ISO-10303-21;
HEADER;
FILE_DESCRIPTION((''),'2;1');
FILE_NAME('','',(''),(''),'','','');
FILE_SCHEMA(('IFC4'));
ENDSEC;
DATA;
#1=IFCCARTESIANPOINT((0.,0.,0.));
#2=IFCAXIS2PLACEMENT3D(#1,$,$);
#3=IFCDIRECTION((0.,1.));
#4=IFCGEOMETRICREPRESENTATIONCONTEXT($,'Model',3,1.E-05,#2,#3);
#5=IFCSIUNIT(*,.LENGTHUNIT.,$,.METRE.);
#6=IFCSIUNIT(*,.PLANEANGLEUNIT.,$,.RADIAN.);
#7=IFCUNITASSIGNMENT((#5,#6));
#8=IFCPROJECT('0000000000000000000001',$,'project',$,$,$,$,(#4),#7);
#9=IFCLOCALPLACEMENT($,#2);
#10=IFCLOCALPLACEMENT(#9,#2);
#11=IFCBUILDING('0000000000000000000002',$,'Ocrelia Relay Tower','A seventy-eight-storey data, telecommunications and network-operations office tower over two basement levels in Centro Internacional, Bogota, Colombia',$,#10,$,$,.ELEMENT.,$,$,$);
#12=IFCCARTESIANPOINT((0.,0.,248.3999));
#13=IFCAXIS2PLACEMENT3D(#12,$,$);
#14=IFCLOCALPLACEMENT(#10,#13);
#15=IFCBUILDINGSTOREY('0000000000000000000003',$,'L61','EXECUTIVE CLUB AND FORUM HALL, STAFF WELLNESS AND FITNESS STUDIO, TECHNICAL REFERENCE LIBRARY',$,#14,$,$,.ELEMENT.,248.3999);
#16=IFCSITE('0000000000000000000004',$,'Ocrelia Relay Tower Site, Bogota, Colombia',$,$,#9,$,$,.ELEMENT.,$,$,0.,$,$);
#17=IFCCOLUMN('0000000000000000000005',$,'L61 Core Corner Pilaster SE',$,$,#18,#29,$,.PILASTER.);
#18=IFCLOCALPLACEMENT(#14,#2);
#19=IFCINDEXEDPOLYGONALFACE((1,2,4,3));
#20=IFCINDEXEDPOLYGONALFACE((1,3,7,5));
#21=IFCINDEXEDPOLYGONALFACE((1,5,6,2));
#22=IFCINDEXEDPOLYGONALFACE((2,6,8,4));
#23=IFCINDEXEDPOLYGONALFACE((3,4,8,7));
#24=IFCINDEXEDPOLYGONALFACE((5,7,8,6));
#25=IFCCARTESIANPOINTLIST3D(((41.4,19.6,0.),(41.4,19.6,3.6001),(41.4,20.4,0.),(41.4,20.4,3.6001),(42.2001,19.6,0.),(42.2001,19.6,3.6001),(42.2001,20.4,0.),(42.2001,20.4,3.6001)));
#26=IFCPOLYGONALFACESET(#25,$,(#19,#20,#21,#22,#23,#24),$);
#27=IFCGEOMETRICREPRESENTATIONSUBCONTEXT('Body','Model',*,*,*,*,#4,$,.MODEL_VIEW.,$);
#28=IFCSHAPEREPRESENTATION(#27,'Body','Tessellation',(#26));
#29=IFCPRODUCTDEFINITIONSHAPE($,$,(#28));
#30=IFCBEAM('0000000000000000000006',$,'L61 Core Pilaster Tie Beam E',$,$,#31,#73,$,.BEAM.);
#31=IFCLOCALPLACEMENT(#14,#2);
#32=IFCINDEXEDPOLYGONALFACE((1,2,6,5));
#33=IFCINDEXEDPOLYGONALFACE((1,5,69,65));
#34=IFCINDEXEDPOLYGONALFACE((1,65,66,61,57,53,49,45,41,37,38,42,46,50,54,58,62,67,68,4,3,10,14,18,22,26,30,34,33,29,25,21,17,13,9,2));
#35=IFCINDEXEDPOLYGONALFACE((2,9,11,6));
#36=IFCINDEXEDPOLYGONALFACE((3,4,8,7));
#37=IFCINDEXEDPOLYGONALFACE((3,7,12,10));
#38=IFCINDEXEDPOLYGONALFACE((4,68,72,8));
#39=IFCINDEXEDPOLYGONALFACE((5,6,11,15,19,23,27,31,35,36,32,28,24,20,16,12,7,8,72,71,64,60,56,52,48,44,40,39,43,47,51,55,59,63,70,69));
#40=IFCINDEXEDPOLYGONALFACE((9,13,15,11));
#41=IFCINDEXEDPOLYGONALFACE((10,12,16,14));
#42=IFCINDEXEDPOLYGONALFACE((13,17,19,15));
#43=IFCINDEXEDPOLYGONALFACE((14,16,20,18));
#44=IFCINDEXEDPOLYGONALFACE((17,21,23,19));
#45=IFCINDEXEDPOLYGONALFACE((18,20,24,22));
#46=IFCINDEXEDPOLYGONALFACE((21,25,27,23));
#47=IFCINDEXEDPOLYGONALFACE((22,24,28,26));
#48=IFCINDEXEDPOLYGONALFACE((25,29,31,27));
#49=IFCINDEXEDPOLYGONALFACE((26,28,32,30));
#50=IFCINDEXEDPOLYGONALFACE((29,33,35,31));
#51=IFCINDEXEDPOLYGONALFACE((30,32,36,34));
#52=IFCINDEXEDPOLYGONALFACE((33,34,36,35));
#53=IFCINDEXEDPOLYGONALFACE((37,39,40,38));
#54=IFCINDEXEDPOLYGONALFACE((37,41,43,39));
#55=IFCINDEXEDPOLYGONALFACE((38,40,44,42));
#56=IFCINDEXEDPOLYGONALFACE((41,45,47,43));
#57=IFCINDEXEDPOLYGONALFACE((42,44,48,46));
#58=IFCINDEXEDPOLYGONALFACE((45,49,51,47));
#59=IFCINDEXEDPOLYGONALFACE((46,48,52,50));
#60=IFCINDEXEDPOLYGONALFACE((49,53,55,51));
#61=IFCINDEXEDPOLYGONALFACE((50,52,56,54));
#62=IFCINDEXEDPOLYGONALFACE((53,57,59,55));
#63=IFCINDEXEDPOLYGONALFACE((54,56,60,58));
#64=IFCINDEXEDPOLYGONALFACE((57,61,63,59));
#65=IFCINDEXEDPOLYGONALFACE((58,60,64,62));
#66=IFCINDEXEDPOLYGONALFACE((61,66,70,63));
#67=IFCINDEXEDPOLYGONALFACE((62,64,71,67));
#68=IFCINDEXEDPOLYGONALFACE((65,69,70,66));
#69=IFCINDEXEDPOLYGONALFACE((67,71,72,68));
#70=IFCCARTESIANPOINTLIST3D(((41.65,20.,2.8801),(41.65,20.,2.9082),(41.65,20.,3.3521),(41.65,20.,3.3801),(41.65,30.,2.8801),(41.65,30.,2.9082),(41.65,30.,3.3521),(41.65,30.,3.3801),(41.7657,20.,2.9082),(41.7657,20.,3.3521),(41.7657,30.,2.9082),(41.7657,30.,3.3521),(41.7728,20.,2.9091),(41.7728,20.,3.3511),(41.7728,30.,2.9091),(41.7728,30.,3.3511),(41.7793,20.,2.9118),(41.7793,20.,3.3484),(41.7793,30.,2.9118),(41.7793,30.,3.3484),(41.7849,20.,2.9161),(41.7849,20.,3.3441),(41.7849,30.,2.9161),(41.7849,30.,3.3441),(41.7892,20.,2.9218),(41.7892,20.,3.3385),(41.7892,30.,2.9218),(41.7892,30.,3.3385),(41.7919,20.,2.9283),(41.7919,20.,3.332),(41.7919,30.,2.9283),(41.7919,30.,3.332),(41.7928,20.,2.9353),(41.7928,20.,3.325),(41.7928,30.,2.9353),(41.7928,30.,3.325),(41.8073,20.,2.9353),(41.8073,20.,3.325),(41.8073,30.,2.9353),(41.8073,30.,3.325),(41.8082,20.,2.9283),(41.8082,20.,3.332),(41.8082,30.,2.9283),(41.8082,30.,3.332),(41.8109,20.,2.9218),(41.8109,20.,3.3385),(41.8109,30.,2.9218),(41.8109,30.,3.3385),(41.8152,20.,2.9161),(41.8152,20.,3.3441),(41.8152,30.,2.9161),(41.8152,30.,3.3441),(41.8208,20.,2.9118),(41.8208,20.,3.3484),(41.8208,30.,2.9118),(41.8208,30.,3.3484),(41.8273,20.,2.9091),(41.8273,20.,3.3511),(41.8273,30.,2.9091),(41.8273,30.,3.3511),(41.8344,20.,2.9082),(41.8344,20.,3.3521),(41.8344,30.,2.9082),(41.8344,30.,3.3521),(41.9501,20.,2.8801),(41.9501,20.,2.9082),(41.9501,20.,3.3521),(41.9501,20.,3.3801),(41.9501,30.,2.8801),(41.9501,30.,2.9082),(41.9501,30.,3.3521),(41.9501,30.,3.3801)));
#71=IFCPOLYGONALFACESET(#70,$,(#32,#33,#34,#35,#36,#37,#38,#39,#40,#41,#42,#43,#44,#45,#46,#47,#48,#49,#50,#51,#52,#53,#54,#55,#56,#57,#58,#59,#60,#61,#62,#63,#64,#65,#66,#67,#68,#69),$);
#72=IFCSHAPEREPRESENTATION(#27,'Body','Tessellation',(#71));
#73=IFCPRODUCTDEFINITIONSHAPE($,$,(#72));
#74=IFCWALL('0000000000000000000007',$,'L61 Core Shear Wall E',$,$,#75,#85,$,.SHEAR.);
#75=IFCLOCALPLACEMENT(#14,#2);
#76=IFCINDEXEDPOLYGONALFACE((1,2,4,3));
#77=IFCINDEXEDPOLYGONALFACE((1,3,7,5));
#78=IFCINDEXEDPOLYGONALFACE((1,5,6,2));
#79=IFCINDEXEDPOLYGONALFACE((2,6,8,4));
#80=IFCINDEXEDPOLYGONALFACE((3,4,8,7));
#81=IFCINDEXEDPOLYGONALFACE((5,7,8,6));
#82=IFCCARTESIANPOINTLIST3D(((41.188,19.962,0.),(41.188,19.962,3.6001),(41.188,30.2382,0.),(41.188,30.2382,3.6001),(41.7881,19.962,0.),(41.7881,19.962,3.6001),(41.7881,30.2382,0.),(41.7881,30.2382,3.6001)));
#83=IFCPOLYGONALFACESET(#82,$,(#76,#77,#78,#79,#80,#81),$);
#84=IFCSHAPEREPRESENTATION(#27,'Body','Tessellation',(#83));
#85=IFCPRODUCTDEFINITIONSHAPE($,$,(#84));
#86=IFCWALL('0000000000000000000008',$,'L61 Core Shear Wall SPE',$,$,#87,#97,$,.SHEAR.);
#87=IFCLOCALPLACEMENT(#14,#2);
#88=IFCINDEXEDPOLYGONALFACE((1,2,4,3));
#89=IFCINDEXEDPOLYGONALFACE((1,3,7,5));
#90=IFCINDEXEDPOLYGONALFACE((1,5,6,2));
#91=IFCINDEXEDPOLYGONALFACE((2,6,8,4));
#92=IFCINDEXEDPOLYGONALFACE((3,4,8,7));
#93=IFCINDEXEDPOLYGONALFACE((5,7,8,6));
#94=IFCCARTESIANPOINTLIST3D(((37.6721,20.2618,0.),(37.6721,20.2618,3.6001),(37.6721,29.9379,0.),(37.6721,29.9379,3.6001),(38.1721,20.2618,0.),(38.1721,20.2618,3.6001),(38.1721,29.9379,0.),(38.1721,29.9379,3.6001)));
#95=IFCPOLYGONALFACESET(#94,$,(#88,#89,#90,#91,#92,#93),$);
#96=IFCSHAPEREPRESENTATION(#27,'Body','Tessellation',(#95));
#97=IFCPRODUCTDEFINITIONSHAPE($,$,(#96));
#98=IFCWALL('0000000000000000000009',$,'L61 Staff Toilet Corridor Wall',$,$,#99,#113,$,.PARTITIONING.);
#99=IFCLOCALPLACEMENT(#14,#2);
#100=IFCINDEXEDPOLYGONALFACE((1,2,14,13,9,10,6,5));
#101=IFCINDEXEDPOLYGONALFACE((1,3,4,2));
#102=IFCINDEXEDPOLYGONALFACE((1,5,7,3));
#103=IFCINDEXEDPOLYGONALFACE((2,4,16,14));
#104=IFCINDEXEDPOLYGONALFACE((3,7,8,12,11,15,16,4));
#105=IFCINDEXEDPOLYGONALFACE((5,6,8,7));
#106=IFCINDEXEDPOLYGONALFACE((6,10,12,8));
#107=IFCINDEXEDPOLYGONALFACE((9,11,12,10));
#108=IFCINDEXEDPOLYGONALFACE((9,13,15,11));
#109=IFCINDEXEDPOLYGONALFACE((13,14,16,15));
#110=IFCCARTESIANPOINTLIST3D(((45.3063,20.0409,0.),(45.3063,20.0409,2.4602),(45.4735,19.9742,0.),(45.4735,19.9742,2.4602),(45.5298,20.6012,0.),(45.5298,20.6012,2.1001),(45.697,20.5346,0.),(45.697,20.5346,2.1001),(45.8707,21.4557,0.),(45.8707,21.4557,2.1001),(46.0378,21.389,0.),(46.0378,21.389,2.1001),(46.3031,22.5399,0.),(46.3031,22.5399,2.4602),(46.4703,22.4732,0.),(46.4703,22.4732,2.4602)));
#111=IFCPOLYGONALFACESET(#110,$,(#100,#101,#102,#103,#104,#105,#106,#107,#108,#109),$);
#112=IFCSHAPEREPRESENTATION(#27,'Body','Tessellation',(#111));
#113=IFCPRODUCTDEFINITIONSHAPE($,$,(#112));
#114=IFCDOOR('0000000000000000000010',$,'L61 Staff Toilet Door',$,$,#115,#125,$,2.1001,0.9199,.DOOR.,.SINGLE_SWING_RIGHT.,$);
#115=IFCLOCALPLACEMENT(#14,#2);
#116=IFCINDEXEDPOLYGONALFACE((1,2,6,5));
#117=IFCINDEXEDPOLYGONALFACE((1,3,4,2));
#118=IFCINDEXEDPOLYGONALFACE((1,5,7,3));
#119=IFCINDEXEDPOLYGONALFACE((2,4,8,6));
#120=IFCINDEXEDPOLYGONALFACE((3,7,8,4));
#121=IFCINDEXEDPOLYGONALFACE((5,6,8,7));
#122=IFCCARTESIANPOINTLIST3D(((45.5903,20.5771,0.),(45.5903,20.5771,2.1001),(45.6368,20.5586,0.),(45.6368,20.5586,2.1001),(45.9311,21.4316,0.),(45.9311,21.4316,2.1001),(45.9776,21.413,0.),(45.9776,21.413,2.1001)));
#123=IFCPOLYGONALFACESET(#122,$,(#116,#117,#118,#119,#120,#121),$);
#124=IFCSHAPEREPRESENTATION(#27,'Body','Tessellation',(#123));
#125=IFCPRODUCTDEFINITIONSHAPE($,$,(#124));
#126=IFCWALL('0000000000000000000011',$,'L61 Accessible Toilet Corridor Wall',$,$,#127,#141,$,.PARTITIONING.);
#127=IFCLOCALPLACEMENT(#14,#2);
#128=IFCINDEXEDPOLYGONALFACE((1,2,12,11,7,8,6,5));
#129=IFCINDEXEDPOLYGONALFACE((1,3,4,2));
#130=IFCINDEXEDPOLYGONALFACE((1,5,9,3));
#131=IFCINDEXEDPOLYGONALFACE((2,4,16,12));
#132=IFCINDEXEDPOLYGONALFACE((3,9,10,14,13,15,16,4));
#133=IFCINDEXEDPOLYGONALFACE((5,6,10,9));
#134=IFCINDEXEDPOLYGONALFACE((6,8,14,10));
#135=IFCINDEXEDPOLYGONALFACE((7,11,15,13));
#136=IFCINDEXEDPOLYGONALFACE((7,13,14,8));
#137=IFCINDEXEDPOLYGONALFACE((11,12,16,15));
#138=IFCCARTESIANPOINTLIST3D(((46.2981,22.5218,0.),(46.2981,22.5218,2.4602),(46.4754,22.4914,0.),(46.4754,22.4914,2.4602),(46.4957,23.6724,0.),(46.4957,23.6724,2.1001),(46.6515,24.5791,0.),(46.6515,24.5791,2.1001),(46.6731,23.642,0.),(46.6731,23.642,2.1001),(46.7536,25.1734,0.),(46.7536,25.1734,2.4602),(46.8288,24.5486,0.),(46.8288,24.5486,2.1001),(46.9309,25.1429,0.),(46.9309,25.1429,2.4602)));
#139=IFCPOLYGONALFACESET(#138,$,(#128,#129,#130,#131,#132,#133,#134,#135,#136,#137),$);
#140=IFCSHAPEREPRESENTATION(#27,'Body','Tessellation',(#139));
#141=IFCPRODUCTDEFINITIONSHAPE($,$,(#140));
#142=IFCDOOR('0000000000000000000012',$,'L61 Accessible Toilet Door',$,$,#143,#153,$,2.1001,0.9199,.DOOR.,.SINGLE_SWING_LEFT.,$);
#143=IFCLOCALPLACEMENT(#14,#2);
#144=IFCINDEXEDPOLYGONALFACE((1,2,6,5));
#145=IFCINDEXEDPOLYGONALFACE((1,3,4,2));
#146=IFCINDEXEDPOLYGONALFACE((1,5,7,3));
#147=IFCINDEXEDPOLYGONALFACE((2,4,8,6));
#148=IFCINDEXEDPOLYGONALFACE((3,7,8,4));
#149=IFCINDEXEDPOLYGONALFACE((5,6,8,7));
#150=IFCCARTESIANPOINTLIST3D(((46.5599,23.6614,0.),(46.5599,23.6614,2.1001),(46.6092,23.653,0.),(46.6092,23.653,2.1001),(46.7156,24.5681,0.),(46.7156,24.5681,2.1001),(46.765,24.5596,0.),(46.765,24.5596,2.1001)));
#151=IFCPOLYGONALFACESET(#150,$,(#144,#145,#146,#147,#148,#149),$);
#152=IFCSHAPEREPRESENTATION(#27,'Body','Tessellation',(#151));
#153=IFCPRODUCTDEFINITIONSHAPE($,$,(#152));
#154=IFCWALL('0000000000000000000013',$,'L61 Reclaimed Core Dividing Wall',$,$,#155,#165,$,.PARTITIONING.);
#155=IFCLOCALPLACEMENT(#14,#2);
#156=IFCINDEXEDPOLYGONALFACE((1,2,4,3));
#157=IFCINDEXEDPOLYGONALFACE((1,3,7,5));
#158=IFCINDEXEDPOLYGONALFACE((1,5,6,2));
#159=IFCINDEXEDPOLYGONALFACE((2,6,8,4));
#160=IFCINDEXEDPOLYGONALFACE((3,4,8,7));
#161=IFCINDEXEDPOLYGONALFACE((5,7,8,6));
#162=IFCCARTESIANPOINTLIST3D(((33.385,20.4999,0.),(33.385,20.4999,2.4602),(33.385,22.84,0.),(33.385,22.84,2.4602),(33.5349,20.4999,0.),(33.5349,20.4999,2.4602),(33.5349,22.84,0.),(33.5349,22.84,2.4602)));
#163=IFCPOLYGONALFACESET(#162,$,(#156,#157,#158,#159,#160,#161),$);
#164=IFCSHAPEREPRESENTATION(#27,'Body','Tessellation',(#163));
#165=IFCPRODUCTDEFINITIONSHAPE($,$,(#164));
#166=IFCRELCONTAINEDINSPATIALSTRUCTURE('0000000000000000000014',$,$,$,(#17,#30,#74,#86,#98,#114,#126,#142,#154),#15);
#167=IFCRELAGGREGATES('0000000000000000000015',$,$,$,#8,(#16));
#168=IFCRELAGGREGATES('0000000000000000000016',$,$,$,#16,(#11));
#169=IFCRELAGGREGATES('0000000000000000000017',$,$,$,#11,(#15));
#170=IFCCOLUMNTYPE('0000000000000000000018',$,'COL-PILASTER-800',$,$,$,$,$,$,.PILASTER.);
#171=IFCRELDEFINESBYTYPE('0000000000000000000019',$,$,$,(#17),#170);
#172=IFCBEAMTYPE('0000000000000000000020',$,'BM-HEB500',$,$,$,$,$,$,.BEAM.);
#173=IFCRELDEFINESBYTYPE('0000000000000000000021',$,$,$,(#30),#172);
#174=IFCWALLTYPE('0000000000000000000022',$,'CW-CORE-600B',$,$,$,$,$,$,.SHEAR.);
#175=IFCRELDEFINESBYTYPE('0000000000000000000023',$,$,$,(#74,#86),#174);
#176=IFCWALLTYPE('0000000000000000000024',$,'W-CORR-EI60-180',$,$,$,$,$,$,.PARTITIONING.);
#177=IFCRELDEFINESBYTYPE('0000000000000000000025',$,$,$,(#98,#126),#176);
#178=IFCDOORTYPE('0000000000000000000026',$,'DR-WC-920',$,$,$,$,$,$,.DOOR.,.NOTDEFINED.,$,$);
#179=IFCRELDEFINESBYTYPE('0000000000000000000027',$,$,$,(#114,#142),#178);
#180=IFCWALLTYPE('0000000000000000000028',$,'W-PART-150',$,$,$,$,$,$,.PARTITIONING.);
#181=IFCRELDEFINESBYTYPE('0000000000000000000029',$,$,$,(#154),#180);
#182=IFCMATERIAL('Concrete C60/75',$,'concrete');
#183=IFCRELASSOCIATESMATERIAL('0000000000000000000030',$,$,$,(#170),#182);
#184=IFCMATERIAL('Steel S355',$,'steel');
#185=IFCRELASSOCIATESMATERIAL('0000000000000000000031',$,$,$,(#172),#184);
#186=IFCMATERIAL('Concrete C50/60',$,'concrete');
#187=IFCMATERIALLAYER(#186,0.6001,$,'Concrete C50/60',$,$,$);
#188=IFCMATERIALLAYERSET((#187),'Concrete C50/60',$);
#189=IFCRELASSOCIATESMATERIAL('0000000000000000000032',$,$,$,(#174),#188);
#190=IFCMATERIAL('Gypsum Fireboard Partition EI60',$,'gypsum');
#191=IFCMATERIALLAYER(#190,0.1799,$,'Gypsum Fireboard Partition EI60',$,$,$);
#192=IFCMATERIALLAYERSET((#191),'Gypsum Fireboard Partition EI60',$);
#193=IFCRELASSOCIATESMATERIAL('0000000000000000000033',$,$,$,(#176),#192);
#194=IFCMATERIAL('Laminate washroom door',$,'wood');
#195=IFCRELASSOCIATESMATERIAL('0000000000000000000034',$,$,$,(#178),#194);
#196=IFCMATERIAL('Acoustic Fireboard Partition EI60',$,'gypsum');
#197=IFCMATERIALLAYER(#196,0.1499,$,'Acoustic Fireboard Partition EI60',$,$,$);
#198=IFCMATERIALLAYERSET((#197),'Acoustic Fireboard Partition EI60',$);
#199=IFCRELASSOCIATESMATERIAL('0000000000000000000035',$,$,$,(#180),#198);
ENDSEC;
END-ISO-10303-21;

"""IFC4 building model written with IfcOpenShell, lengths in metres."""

from ifc_helpers import new_model, si_unit, direction, frame, frame_2d, origin, origin_2d, place, context, subcontext, project, spatial, rectangle, i_section, extrude, material, layer, layer_set, material_profile, profile_set, type_object, element, fill, save


model = new_model("IFC4")

# Units and contexts
model_context = context("Model", 3, precision=1e-05, world=origin(), true_north=direction((0.0, 1.0)))
body_context = subcontext(model_context, "Body", "Model", "MODEL_VIEW")
ifc_project = project(units=[si_unit("LENGTHUNIT", "METRE"), si_unit("PLANEANGLEUNIT", "RADIAN")], contexts=[model_context])

# Site, building, storey
site_placement = place(None, origin())
site = spatial("IfcSite", under=ifc_project, at=site_placement, Name="Ocrelia Relay Tower Site, Bogota, Colombia", CompositionType="ELEMENT", RefElevation=0.0)
building_placement = place(site_placement, origin())
building = spatial("IfcBuilding", under=site, at=building_placement, Name="Ocrelia Relay Tower", Description="A seventy-eight-storey data, telecommunications and network-operations office tower over two basement levels in Centro Internacional, Bogota, Colombia", CompositionType="ELEMENT")
storey_placement = place(building_placement, frame((0.0, 0.0, 248.3999)))
storey = spatial("IfcBuildingStorey", under=building, at=storey_placement, Name="L61", Description="EXECUTIVE CLUB AND FORUM HALL, STAFF WELLNESS AND FITNESS STUDIO, TECHNICAL REFERENCE LIBRARY", CompositionType="ELEMENT", Elevation=248.3999)

# Column
ifc_material_1 = material(Name="Concrete C60/75", Category="concrete")
ifc_material_profile_1 = material_profile(ifc_material_1, rectangle(XDim=0.8, YDim=0.8, at=origin_2d()), Name="RC-COL-800x800")
ifc_profile_set_1 = profile_set([ifc_material_profile_1], Name="Concrete C60/75")
column_type = type_object("IfcColumnType", Name="COL-PILASTER-800", PredefinedType="PILASTER", material=ifc_profile_set_1)
column_placement = place(storey_placement, frame((41.8, 20.0, 0.0), z_axis=(0.0, 0.0, 1.0), x_axis=(1.0, 0.0, 0.0)))
element("IfcColumn", 1, at=column_placement, inside=storey, type_object=column_type, Name="L61 Core Corner Pilaster SE", PredefinedType="PILASTER", context=body_context, shape_type="SweptSolid", body=[
    extrude(rectangle(XDim=0.8, YDim=0.8, at=origin_2d()), origin(), (0.0, 0.0, 1.0), 3.6001),
])

# Beam
ifc_material_2 = material(Name="Steel S355", Category="steel")
ifc_material_profile_2 = material_profile(ifc_material_2, i_section(OverallWidth=0.3, OverallDepth=0.5, WebThickness=0.0144, FlangeThickness=0.0281, FilletRadius=0.0271, at=origin_2d()), Name="HEB 500")
ifc_profile_set_2 = profile_set([ifc_material_profile_2], Name="Steel S355")
beam_type = type_object("IfcBeamType", Name="BM-HEB500", PredefinedType="BEAM", material=ifc_profile_set_2)
beam_placement = place(storey_placement, frame((41.8, 20.0, 3.1301), z_axis=(0.0, 1.0, 0.0), x_axis=(-1.0, 0.0, 0.0)))
element("IfcBeam", 2, at=beam_placement, inside=storey, type_object=beam_type, Name="L61 Core Pilaster Tie Beam E", PredefinedType="BEAM", context=body_context, shape_type="SweptSolid", body=[
    extrude(i_section(OverallWidth=0.3, OverallDepth=0.5, WebThickness=0.0144, FlangeThickness=0.0281, FilletRadius=0.0271, at=origin_2d()), origin(), (0.0, 0.0, 1.0), 10.0),
])

# Walls
ifc_material_3 = material(Name="Concrete C50/60", Category="concrete")
ifc_layer_1 = layer(ifc_material_3, 0.6001, Name="Concrete C50/60")
ifc_layer_set_1 = layer_set([ifc_layer_1], Name="Concrete C50/60")
wall_type_1 = type_object("IfcWallType", Name="CW-CORE-600B", PredefinedType="SHEAR", material=ifc_layer_set_1)
wall_1_placement = place(storey_placement, frame((41.488, 19.9619, 0.0), z_axis=(0.0, 0.0, 1.0), x_axis=(0.0, 1.0, 0.0)))
element("IfcWall", 3, at=wall_1_placement, inside=storey, type_object=wall_type_1, Name="L61 Core Shear Wall E", PredefinedType="SHEAR", context=body_context, shape_type="SweptSolid", body=[
    extrude(rectangle(XDim=10.2761, YDim=0.6001, at=frame_2d((5.1382, 0.0))), origin(), (0.0, 0.0, 1.0), 3.6001),
])
wall_2_placement = place(storey_placement, frame((37.9221, 20.262, 0.0), z_axis=(0.0, 0.0, 1.0), x_axis=(0.0, 1.0, 0.0)))
element("IfcWall", 4, at=wall_2_placement, inside=storey, type_object=wall_type_1, Name="L61 Core Shear Wall SPE", PredefinedType="SHEAR", context=body_context, shape_type="SweptSolid", body=[
    extrude(rectangle(XDim=9.676, YDim=0.5, at=frame_2d((4.8379, 0.0))), origin(), (0.0, 0.0, 1.0), 3.6001),
])

# Walls, openings, doors
ifc_material_4 = material(Name="Gypsum Fireboard Partition EI60", Category="gypsum")
ifc_layer_2 = layer(ifc_material_4, 0.1799, Name="Gypsum Fireboard Partition EI60")
ifc_layer_set_2 = layer_set([ifc_layer_2], Name="Gypsum Fireboard Partition EI60")
wall_type_2 = type_object("IfcWallType", Name="W-CORR-EI60-180", PredefinedType="PARTITIONING", material=ifc_layer_set_2)
wall_3_placement = place(storey_placement, frame((45.3899, 20.0076, 0.0), z_axis=(0.0, 0.0, 1.0), x_axis=(0.370499, 0.928833, 0.0)))
wall_3 = element("IfcWall", 5, at=wall_3_placement, inside=storey, type_object=wall_type_2, Name="L61 Staff Toilet Corridor Wall", PredefinedType="PARTITIONING", context=body_context, shape_type="SweptSolid", body=[
    extrude(rectangle(XDim=2.6904, YDim=0.1799, at=frame_2d((1.3452, 0.0))), origin(), (0.0, 0.0, 1.0), 2.4602),
])
opening_1_placement = place(wall_3_placement, frame((0.6033, 0.0, 0.0)))
opening_1 = element("IfcOpeningElement", 6, at=opening_1_placement, cuts=wall_3, PredefinedType="OPENING", context=body_context, shape_type="SweptSolid", body=[
    extrude(rectangle(XDim=0.9199, YDim=2.1001, at=frame_2d((0.46, 1.05))), frame((0.0, 0.1001, 0.0), z_axis=(0.0, -1.0, 0.0), x_axis=(1.0, 0.0, 0.0)), (0.0, 0.0, 1.0), 0.2),
])
ifc_material_5 = material(Name="Laminate washroom door", Category="wood")
door_type_1 = type_object("IfcDoorType", Name="DR-WC-920", OperationType="NOTDEFINED", PredefinedType="DOOR", material=ifc_material_5)
door_1_placement = place(opening_1_placement, origin())
door_1 = element("IfcDoor", 7, at=door_1_placement, inside=storey, type_object=door_type_1, Name="L61 Staff Toilet Door", OperationType="SINGLE_SWING_RIGHT", OverallHeight=2.1001, OverallWidth=0.9199, PredefinedType="DOOR", context=body_context, shape_type="SweptSolid", body=[
    extrude(rectangle(XDim=0.9199, YDim=2.1001, at=frame_2d((0.46, 1.05))), frame((0.0, 0.0249, 0.0), z_axis=(0.0, -1.0, 0.0), x_axis=(1.0, 0.0, 0.0)), (0.0, 0.0, 1.0), 0.05),
])
fill(opening_1, door_1)
wall_4_placement = place(storey_placement, frame((46.3867, 22.5066, 0.0), z_axis=(0.0, 0.0, 1.0), x_axis=(0.169326, 0.98556, 0.0)))
wall_4 = element("IfcWall", 8, at=wall_4_placement, inside=storey, type_object=wall_type_2, Name="L61 Accessible Toilet Corridor Wall", PredefinedType="PARTITIONING", context=body_context, shape_type="SweptSolid", body=[
    extrude(rectangle(XDim=2.6904, YDim=0.1799, at=frame_2d((1.3452, 0.0))), origin(), (0.0, 0.0, 1.0), 2.4602),
])
opening_2_placement = place(wall_4_placement, frame((1.1675, 0.0, 0.0)))
opening_2 = element("IfcOpeningElement", 9, at=opening_2_placement, cuts=wall_4, PredefinedType="OPENING", context=body_context, shape_type="SweptSolid", body=[
    extrude(rectangle(XDim=0.9199, YDim=2.1001, at=frame_2d((0.46, 1.05))), frame((0.0, 0.1001, 0.0), z_axis=(0.0, -1.0, 0.0), x_axis=(1.0, 0.0, 0.0)), (0.0, 0.0, 1.0), 0.2),
])
door_2_placement = place(opening_2_placement, origin())
door_2 = element("IfcDoor", 10, at=door_2_placement, inside=storey, type_object=door_type_1, Name="L61 Accessible Toilet Door", OperationType="SINGLE_SWING_LEFT", OverallHeight=2.1001, OverallWidth=0.9199, PredefinedType="DOOR", context=body_context, shape_type="SweptSolid", body=[
    extrude(rectangle(XDim=0.9199, YDim=2.1001, at=frame_2d((0.46, 1.05))), frame((0.0, 0.0249, 0.0), z_axis=(0.0, -1.0, 0.0), x_axis=(1.0, 0.0, 0.0)), (0.0, 0.0, 1.0), 0.05),
])
fill(opening_2, door_2)

# Wall
ifc_material_6 = material(Name="Acoustic Fireboard Partition EI60", Category="gypsum")
ifc_layer_3 = layer(ifc_material_6, 0.1499, Name="Acoustic Fireboard Partition EI60")
ifc_layer_set_3 = layer_set([ifc_layer_3], Name="Acoustic Fireboard Partition EI60")
wall_type_3 = type_object("IfcWallType", Name="W-PART-150", PredefinedType="PARTITIONING", material=ifc_layer_set_3)
wall_5_placement = place(storey_placement, frame((33.46, 20.5, 0.0), z_axis=(0.0, 0.0, 1.0), x_axis=(0.0, 1.0, 0.0)))
element("IfcWall", 11, at=wall_5_placement, inside=storey, type_object=wall_type_3, Name="L61 Reclaimed Core Dividing Wall", PredefinedType="PARTITIONING", context=body_context, shape_type="SweptSolid", body=[
    extrude(rectangle(XDim=2.3401, YDim=0.1499, at=frame_2d((1.1699, 0.0))), origin(), (0.0, 0.0, 1.0), 2.4602),
])

save(model, "model.ifc")
